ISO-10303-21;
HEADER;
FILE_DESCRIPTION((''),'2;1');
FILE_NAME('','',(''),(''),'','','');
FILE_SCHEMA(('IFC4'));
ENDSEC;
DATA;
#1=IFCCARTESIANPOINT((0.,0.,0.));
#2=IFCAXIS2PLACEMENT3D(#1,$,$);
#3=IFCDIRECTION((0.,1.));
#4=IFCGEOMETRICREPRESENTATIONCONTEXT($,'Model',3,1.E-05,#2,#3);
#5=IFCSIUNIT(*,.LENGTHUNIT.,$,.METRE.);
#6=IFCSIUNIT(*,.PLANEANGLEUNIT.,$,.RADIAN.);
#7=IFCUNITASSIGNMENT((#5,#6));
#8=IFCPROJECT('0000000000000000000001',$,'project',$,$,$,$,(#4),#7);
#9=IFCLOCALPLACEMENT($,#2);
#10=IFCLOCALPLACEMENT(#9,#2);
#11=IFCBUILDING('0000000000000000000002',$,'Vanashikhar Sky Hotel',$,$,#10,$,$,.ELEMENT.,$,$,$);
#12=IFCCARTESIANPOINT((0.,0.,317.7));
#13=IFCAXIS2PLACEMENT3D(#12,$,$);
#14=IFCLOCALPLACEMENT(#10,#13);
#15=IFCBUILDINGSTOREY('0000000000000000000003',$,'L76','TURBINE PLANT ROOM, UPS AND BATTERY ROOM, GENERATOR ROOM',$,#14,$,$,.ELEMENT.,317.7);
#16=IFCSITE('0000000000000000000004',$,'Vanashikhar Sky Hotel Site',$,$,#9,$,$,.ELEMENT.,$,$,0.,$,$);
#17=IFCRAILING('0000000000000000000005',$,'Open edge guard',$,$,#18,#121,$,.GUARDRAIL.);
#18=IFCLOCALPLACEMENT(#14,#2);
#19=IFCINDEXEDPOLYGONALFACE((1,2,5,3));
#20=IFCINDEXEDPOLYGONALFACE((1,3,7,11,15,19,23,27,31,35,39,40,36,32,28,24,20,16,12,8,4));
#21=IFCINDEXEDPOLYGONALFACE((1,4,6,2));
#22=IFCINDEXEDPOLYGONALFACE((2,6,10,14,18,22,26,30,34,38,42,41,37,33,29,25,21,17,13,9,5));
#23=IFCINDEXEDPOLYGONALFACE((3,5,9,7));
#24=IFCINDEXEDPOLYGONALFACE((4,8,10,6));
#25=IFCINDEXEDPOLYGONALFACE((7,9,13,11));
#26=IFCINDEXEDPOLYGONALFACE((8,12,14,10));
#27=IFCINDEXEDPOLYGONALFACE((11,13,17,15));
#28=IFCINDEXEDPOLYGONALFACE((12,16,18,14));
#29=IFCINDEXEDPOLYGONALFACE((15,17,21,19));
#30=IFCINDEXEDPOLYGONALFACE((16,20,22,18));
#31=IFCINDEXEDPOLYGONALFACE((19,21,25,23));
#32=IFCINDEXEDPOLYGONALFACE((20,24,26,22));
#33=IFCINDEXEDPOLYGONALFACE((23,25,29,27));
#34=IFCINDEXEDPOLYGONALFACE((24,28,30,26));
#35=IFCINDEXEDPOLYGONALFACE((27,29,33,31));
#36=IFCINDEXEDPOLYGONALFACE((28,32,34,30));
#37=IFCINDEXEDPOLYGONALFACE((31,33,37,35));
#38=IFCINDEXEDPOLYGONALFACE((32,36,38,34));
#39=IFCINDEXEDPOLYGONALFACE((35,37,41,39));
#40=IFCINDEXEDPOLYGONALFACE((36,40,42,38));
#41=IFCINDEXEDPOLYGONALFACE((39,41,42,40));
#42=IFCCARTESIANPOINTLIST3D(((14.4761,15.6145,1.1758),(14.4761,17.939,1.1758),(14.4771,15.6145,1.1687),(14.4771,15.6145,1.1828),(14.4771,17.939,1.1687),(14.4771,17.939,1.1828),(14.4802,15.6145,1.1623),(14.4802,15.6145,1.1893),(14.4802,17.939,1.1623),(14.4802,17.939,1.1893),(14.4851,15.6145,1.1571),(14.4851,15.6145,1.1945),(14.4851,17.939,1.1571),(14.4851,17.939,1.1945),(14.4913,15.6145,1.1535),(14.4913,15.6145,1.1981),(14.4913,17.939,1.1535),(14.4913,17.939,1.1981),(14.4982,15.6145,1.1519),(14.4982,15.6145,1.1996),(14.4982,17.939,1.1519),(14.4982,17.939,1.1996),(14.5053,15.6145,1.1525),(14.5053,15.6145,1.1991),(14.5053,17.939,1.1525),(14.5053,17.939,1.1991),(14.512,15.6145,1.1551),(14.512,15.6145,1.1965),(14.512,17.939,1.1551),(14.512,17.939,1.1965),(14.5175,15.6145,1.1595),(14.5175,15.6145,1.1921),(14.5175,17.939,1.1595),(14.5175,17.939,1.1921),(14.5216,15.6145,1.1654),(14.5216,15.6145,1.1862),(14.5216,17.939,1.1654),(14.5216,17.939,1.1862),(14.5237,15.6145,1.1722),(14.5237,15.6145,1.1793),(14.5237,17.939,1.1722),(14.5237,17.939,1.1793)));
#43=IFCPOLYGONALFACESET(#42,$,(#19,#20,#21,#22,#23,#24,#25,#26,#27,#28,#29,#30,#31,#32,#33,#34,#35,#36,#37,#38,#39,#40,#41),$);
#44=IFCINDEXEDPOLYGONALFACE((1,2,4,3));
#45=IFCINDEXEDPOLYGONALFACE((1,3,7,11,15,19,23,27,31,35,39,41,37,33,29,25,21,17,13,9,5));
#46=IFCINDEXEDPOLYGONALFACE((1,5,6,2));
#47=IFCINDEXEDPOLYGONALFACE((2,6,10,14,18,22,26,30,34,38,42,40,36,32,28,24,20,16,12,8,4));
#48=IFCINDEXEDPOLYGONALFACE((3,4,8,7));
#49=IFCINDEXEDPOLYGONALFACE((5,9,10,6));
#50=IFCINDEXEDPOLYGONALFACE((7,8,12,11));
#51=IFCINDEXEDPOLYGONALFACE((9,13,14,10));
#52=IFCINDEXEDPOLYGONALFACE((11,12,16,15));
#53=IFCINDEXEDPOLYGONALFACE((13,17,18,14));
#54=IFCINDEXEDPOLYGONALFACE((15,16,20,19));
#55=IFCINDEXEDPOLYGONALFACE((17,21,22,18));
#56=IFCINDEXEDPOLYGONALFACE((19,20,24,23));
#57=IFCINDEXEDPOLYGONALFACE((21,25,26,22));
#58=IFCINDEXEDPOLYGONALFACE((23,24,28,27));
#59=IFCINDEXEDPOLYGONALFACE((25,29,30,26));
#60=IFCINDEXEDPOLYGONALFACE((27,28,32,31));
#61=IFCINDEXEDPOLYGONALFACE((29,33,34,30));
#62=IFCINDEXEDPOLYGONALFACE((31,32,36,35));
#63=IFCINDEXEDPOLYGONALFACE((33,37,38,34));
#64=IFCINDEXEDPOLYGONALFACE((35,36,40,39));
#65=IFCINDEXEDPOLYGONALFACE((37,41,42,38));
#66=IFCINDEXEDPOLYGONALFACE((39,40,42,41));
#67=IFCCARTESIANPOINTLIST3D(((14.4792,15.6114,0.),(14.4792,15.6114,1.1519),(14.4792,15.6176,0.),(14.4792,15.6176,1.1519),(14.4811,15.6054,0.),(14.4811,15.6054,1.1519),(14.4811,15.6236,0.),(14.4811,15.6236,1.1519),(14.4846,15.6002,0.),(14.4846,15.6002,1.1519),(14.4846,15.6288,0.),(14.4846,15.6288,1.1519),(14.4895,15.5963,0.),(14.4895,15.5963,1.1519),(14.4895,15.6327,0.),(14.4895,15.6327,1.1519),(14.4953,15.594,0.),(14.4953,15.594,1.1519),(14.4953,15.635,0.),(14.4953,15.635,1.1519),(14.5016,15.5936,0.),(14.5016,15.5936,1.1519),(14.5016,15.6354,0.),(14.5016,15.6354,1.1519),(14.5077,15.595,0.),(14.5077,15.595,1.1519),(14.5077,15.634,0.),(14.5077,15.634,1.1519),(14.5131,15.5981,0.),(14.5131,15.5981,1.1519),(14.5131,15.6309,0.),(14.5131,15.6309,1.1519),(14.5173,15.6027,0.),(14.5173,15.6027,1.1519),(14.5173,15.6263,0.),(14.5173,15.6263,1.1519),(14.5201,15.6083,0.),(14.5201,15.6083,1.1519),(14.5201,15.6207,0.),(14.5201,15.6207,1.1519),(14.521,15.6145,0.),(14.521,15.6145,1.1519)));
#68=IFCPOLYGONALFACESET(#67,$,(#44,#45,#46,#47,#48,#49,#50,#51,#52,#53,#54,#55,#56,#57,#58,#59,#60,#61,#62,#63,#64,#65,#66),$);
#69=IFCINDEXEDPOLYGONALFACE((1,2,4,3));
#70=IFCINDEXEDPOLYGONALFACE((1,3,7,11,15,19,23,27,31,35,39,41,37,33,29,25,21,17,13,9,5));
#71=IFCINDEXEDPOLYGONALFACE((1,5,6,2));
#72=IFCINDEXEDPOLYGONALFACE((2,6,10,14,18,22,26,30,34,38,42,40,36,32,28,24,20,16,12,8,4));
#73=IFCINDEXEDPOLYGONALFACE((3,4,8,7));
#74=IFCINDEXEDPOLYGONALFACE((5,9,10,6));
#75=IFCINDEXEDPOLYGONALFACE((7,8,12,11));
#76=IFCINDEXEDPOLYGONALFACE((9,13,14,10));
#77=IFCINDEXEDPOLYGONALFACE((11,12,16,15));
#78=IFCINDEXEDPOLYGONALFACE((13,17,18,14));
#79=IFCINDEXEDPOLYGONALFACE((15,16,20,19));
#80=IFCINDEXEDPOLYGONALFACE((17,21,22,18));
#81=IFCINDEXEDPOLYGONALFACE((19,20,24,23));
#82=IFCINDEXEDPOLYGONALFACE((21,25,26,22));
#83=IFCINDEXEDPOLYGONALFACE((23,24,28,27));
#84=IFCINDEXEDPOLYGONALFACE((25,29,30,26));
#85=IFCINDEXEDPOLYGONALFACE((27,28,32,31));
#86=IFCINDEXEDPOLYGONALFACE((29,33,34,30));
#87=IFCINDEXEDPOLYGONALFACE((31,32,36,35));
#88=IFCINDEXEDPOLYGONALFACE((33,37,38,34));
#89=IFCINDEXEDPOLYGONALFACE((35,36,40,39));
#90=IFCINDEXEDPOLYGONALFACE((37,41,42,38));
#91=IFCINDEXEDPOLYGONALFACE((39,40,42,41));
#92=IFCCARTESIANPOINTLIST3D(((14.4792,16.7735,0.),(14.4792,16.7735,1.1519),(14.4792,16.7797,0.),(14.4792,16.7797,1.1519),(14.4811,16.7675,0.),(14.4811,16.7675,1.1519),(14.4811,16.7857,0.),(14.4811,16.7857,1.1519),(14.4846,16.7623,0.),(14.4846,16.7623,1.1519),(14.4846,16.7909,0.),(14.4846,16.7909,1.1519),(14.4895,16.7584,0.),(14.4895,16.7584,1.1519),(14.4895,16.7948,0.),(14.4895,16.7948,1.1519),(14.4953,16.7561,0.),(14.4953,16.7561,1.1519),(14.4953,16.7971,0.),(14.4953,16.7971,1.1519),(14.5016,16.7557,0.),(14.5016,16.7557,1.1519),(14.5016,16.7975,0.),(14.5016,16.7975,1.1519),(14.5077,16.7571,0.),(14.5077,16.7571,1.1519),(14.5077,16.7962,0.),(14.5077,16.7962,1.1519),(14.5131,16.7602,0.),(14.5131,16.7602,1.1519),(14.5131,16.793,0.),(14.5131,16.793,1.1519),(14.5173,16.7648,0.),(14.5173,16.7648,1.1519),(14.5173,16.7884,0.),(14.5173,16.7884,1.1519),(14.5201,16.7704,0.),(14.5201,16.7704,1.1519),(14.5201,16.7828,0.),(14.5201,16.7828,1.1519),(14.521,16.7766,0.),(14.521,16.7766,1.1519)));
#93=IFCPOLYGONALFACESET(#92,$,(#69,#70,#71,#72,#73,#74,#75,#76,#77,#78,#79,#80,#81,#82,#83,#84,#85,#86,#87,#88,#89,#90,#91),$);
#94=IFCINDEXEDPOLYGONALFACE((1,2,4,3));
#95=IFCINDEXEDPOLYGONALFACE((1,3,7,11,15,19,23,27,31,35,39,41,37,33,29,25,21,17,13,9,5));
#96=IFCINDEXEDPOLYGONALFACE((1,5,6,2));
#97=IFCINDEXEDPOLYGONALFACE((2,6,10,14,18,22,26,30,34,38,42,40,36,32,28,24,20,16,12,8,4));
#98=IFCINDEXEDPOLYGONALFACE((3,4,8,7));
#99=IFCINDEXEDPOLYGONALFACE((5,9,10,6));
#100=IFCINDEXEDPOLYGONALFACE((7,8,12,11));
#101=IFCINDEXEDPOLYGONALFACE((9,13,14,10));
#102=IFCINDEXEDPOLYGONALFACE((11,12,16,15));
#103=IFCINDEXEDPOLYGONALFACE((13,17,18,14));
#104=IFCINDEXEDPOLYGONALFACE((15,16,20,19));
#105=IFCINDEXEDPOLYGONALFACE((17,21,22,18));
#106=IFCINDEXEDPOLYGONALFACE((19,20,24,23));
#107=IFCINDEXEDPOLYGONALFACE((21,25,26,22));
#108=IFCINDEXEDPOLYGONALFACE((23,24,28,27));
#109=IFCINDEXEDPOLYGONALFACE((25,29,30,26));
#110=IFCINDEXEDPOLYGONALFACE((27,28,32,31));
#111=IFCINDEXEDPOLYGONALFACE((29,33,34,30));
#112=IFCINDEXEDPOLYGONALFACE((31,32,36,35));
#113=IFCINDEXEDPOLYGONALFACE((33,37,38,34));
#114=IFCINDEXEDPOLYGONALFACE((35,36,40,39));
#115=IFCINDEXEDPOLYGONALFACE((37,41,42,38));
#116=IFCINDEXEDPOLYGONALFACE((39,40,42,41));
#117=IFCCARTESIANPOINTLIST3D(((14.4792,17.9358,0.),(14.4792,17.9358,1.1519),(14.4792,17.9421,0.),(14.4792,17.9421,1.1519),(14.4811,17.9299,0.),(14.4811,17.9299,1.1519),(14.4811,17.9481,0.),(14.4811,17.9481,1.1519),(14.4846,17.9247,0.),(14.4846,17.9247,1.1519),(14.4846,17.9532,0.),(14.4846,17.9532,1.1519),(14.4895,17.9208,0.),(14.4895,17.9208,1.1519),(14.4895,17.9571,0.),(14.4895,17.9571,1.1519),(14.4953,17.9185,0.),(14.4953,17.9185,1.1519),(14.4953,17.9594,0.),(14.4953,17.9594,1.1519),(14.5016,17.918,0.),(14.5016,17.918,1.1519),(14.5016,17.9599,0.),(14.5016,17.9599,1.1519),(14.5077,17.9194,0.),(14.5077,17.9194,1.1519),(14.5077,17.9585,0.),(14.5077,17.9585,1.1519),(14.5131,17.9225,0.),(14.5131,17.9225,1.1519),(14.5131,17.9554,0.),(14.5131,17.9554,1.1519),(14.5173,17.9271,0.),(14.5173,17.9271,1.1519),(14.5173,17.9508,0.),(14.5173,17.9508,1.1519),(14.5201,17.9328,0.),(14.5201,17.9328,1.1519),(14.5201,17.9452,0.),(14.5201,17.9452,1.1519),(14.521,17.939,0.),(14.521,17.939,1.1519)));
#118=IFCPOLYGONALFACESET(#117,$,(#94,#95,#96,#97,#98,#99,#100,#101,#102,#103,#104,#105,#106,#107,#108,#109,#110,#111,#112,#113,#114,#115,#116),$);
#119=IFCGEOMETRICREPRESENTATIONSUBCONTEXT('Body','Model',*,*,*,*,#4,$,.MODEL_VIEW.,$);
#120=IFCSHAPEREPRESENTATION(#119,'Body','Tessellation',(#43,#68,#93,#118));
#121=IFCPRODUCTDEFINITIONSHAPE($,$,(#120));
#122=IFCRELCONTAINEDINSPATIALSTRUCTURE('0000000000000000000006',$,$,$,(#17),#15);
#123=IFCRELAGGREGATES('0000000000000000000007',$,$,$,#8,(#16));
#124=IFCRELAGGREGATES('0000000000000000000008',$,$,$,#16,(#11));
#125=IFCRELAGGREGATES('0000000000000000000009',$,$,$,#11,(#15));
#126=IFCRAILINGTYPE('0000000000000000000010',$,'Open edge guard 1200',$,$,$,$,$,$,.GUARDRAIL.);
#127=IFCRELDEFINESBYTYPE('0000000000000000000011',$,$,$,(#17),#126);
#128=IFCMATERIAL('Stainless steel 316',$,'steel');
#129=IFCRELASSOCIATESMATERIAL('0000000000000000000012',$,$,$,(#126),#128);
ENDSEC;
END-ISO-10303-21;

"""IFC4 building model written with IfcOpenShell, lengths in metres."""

from ifc_helpers import new_model, si_unit, direction, frame, origin, origin_2d, place, context, subcontext, project, spatial, circle, extrude, source, transform, mapped, material, type_object, element, save


model = new_model("IFC4")

# Units and contexts
model_context = context("Model", 3, precision=1e-05, world=origin(), true_north=direction((0.0, 1.0)))
body_context = subcontext(model_context, "Body", "Model", "MODEL_VIEW")
ifc_project = project(units=[si_unit("LENGTHUNIT", "METRE"), si_unit("PLANEANGLEUNIT", "RADIAN")], contexts=[model_context])

# Site, building, storey
site_placement = place(None, origin())
site = spatial("IfcSite", under=ifc_project, at=site_placement, Name="Vanashikhar Sky Hotel Site", CompositionType="ELEMENT", RefElevation=0.0)
building_placement = place(site_placement, origin())
building = spatial("IfcBuilding", under=site, at=building_placement, Name="Vanashikhar Sky Hotel", CompositionType="ELEMENT")
storey_placement = place(building_placement, frame((0.0, 0.0, 317.7)))
storey = spatial("IfcBuildingStorey", under=building, at=storey_placement, Name="L76", Description="TURBINE PLANT ROOM, UPS AND BATTERY ROOM, GENERATOR ROOM", CompositionType="ELEMENT", Elevation=317.7)

# Railing
ifc_material_1 = material(Name="Stainless steel 316", Category="steel")
railing_type = type_object("IfcRailingType", Name="Open edge guard 1200", PredefinedType="GUARDRAIL", material=ifc_material_1)
shared_shape_1 = source(origin(), body_context, "Body", "SweptSolid", [
    extrude(circle(Radius=0.0239, at=origin_2d()), frame((0.0, 0.0, 1.1758), z_axis=(0.0, 1.0, 0.0), x_axis=(-1.0, 0.0, 0.0)), (0.0, 0.0, 1.0), 2.3245),
    extrude(circle(Radius=0.021, at=origin_2d()), origin(), (0.0, 0.0, 1.0), 1.1519),
    extrude(circle(Radius=0.021, at=origin_2d()), frame((0.0, 1.1621, 0.0)), (0.0, 0.0, 1.0), 1.1519),
    extrude(circle(Radius=0.021, at=origin_2d()), frame((0.0, 2.3245, 0.0)), (0.0, 0.0, 1.0), 1.1519),
])
for number, where, name in (
    (1, (14.5, 15.6145, 0.0), "Open edge guard"),
):
    element("IfcRailing", number, at=place(storey_placement, frame(where)), inside=storey, type_object=railing_type, Name=name, PredefinedType="GUARDRAIL", context=body_context, shape_type="MappedRepresentation", body=[
        mapped(shared_shape_1, transform((0.0, 0.0, 0.0), scale=1.0)),
    ])

save(model, "model.ifc")
